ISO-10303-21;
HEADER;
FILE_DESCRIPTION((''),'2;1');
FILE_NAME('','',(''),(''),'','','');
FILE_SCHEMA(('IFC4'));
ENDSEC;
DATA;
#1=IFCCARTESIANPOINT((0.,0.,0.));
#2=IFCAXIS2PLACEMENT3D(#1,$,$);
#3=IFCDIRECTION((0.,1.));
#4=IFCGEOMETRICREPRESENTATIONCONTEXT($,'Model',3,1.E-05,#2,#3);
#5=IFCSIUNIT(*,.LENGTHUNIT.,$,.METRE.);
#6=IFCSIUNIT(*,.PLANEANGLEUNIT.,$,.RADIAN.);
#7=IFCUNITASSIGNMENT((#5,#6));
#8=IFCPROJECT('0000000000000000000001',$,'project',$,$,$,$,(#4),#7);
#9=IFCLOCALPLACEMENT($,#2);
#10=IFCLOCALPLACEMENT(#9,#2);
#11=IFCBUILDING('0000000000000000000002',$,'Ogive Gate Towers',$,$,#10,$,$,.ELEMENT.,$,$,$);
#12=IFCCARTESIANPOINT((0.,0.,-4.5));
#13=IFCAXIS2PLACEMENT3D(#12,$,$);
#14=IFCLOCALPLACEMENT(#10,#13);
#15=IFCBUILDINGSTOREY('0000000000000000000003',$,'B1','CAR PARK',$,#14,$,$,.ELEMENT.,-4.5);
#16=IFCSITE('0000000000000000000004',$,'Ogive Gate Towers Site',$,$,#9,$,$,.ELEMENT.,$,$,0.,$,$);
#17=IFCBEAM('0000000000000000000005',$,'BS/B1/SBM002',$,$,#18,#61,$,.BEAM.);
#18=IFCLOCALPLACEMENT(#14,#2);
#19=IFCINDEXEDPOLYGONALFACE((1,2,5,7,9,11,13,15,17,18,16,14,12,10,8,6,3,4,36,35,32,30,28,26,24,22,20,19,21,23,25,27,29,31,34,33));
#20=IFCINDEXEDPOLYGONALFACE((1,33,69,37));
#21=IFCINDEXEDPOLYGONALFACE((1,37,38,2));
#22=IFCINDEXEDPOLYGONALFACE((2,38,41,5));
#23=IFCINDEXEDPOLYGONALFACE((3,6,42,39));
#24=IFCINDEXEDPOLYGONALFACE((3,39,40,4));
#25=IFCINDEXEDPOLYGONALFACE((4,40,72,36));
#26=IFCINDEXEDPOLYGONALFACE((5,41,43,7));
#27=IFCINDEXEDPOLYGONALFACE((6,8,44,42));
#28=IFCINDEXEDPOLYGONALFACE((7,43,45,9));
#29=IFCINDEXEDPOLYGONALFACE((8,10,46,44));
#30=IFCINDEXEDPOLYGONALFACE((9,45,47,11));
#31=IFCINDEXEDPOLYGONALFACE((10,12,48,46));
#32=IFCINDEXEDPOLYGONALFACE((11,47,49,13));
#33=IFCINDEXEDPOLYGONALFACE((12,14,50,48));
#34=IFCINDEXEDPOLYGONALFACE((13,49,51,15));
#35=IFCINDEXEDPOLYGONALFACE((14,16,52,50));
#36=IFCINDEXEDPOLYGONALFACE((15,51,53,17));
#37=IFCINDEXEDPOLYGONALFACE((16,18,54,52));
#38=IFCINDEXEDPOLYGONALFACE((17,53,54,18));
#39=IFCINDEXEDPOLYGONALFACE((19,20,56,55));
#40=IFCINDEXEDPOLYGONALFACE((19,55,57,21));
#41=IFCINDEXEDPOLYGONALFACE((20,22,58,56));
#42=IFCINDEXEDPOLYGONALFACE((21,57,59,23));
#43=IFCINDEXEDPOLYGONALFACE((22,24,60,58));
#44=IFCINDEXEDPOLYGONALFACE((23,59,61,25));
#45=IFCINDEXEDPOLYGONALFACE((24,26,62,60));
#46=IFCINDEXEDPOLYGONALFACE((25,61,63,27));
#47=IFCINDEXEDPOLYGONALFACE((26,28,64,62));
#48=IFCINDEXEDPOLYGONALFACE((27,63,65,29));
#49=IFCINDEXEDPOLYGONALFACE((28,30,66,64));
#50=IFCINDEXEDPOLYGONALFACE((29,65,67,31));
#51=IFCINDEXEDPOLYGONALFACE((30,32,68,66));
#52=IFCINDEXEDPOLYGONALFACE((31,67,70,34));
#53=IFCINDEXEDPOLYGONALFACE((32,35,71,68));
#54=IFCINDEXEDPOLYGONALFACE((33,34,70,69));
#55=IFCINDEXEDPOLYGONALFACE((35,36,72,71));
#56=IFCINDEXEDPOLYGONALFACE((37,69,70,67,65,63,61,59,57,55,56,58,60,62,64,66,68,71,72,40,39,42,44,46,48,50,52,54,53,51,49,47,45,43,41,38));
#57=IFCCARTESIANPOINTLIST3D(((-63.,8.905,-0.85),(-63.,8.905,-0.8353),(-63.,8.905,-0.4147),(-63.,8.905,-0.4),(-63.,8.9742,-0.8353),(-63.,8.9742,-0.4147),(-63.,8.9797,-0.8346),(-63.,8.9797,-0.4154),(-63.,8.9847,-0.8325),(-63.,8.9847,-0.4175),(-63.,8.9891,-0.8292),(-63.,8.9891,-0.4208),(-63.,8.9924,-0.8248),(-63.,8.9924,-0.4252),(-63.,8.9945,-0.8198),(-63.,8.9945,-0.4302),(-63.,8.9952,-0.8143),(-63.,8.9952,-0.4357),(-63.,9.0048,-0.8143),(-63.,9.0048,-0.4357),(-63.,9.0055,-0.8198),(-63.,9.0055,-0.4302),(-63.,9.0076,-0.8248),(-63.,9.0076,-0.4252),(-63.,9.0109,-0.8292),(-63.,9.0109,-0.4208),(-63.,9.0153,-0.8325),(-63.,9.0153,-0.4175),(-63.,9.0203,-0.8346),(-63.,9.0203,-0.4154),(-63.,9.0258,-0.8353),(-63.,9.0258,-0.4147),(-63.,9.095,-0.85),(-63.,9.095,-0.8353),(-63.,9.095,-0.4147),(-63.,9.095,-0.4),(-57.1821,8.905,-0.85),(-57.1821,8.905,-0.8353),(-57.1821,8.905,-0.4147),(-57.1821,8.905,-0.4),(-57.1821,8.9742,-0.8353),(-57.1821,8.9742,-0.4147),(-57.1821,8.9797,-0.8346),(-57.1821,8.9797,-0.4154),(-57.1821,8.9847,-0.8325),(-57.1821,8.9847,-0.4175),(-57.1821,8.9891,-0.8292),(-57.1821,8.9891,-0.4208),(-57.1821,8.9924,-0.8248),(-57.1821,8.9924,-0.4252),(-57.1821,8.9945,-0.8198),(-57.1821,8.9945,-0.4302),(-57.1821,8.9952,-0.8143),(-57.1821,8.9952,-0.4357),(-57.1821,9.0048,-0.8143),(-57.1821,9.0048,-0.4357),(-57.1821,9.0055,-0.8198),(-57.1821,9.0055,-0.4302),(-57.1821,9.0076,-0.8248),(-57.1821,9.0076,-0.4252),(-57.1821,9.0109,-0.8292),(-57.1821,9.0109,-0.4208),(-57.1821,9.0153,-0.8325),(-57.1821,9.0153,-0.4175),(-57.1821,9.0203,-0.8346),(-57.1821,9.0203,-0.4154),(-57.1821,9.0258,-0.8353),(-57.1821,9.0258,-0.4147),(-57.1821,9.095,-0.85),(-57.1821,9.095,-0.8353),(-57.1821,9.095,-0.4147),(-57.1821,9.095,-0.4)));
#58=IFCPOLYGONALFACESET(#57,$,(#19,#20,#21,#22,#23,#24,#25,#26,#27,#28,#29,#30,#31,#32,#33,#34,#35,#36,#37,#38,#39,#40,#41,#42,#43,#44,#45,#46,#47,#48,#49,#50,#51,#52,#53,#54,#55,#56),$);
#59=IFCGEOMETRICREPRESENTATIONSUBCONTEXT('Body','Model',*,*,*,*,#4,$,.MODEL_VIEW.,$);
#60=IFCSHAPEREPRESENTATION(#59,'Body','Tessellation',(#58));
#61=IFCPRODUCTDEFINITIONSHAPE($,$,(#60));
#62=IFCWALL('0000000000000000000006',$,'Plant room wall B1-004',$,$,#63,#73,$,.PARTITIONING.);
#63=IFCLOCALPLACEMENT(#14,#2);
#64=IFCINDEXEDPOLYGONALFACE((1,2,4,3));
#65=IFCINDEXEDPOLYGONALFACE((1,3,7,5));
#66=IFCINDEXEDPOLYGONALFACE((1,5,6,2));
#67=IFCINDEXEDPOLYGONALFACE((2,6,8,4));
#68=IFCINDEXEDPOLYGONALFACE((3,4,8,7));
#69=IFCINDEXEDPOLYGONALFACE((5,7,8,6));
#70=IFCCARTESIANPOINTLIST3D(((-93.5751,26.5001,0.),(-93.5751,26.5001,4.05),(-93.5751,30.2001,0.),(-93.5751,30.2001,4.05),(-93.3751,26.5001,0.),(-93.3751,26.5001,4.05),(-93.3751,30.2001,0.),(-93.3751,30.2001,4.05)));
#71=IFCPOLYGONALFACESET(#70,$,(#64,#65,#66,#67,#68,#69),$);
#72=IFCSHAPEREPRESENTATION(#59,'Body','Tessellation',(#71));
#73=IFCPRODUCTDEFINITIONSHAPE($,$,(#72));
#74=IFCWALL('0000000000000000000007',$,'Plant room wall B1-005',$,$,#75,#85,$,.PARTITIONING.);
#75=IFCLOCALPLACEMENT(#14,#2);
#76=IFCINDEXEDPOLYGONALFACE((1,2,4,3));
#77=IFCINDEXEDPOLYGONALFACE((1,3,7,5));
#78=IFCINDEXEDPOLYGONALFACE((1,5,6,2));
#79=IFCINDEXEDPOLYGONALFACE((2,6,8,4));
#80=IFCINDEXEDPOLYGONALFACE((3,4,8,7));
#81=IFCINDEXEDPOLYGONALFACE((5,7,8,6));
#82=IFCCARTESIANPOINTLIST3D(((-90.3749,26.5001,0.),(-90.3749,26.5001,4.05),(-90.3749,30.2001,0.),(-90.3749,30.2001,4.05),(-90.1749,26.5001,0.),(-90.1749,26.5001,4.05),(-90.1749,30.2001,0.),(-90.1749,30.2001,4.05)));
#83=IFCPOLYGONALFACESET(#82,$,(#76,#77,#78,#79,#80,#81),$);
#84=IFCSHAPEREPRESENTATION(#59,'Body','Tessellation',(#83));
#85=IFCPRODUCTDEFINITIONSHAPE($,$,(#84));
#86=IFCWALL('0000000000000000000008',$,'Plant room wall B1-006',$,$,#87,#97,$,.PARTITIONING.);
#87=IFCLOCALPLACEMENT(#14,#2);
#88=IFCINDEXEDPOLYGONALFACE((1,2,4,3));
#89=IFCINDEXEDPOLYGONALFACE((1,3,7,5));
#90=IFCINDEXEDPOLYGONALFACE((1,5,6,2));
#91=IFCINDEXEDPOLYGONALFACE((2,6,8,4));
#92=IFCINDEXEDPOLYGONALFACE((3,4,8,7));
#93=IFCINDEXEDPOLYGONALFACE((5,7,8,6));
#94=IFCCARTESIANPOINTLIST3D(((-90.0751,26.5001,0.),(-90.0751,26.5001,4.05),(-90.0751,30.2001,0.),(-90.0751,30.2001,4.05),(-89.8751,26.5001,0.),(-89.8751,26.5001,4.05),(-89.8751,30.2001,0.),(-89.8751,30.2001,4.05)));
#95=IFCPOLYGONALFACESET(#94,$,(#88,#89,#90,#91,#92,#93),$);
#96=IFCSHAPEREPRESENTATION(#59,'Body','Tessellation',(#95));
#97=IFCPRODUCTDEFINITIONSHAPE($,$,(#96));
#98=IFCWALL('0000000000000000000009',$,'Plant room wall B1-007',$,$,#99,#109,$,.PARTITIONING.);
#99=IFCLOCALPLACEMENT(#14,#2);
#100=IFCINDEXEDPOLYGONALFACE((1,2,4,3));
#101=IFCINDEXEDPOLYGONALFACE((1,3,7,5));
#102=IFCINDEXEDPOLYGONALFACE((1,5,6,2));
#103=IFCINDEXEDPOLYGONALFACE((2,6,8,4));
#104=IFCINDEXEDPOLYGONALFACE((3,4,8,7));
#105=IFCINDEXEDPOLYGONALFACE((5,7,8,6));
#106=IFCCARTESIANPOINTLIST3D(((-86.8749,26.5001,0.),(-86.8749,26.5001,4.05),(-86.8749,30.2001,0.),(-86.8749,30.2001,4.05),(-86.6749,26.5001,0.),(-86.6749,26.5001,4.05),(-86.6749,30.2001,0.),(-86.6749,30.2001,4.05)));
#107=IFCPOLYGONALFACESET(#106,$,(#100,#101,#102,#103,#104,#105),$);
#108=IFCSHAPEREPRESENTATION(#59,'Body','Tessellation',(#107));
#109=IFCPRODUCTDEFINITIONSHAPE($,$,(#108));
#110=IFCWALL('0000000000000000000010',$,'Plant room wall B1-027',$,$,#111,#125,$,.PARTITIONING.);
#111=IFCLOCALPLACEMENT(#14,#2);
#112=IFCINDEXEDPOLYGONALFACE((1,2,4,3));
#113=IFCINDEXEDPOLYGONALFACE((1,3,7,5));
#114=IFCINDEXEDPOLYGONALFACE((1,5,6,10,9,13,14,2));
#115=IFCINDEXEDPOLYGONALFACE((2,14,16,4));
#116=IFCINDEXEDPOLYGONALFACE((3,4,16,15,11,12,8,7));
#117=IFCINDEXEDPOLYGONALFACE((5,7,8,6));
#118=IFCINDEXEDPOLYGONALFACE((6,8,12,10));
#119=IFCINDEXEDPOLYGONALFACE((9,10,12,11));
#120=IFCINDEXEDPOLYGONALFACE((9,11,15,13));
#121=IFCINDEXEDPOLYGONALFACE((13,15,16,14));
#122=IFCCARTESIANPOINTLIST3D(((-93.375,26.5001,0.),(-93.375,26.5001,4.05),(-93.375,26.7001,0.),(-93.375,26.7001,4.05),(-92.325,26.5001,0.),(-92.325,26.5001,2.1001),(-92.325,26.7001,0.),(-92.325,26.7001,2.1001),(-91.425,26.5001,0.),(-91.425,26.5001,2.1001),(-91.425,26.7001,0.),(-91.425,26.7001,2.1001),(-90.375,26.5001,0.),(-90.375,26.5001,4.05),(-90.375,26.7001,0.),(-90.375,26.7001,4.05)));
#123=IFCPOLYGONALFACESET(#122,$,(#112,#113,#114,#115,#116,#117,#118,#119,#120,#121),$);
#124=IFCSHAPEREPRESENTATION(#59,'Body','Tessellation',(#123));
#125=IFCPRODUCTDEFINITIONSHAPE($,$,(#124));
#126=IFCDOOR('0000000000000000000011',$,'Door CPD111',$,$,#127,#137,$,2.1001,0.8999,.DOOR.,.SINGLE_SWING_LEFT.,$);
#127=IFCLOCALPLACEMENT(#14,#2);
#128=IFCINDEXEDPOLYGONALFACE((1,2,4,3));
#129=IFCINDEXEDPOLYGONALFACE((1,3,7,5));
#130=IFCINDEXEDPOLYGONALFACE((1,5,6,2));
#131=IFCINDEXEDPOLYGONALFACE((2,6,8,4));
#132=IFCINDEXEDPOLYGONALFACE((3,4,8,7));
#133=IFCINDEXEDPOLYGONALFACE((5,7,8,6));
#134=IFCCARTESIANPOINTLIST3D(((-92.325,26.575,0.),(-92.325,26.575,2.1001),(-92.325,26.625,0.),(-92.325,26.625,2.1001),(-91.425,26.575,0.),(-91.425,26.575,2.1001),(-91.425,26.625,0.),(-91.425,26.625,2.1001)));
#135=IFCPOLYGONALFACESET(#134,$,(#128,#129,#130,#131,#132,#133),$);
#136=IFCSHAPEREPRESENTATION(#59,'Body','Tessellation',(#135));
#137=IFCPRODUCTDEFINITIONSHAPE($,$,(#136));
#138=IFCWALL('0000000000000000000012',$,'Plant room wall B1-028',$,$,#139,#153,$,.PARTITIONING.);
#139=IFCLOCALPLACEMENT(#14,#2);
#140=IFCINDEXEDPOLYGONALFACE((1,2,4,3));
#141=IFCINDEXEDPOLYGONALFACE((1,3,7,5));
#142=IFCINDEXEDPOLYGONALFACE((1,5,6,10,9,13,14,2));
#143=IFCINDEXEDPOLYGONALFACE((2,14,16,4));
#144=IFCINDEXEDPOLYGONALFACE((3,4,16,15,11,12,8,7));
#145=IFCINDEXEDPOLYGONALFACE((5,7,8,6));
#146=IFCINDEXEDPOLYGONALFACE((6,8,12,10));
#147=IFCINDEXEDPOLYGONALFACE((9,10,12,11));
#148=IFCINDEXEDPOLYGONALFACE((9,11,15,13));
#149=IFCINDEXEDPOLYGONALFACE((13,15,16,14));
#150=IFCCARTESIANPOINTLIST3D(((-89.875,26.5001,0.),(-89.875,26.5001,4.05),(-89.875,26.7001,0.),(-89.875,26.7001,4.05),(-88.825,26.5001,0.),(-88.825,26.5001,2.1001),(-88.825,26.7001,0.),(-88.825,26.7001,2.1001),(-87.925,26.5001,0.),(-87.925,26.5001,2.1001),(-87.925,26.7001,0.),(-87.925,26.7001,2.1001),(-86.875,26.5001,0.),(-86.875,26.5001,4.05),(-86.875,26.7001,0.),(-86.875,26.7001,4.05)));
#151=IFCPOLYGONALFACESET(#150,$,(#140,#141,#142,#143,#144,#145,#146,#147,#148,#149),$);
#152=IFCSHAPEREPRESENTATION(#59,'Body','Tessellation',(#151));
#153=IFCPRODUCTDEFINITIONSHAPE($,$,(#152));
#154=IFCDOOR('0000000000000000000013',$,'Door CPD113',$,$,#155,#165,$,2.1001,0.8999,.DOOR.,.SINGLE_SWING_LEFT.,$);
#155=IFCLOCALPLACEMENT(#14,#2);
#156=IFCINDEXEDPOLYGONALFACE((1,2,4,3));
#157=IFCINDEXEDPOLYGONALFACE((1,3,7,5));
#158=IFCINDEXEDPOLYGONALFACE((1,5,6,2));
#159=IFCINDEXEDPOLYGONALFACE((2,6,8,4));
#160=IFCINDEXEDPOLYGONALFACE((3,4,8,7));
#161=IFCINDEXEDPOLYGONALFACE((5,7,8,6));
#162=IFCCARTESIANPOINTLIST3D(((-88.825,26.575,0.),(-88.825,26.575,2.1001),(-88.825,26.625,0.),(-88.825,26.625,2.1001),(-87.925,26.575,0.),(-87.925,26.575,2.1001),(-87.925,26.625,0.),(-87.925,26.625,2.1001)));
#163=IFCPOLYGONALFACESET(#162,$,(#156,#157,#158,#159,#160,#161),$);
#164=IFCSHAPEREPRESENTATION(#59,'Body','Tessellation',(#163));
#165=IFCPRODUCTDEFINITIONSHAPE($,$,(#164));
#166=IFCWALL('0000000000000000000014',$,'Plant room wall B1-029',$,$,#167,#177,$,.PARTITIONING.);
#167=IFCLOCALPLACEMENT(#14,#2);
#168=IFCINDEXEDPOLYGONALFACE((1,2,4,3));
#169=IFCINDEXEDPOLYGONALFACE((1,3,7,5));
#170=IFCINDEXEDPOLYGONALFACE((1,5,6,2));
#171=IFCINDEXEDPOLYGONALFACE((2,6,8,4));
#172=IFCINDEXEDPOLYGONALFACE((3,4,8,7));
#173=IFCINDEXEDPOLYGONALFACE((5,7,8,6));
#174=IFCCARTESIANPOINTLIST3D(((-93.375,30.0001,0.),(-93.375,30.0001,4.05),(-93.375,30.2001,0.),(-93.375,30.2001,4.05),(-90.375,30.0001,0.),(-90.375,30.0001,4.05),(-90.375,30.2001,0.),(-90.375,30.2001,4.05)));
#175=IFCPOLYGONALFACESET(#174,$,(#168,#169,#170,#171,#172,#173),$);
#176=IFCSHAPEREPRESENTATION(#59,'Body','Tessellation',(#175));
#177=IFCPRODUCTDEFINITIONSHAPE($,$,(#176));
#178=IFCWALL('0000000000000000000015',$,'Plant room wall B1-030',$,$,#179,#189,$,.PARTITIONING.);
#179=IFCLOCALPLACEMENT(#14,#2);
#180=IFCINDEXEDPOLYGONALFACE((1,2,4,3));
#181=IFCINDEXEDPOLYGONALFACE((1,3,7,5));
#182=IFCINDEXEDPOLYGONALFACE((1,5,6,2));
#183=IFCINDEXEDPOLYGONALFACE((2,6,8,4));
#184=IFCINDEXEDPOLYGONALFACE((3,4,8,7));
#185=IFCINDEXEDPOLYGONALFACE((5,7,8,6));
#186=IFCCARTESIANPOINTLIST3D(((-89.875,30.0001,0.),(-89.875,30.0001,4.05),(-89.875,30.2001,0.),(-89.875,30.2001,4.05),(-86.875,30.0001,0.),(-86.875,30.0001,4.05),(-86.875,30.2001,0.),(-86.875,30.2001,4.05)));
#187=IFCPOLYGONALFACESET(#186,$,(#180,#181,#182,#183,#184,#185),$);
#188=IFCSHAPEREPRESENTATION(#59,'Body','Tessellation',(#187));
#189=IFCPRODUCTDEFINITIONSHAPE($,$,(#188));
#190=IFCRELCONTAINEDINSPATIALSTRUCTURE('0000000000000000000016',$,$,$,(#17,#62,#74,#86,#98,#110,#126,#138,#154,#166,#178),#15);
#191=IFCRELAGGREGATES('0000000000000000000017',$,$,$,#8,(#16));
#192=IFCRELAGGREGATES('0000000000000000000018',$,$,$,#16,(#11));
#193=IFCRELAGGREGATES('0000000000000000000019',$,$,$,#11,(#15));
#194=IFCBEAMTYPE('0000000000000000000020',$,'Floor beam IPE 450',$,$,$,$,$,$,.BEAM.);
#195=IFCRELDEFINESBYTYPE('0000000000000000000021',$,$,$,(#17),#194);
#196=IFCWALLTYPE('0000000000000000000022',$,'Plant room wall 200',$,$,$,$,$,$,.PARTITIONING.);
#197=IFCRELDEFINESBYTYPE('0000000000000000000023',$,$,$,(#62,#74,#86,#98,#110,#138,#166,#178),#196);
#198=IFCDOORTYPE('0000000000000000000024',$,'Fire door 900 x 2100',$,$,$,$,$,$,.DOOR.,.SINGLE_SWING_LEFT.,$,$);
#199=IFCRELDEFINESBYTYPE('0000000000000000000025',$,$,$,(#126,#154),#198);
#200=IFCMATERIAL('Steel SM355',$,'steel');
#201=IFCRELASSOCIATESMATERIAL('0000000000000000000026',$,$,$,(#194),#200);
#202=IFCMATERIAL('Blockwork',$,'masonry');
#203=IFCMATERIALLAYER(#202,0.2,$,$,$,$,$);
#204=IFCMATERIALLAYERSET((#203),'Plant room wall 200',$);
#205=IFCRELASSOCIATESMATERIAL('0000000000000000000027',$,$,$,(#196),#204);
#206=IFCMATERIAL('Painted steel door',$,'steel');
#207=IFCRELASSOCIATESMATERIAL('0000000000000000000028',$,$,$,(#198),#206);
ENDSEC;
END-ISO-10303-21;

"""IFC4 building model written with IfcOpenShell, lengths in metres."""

from ifc_helpers import new_model, si_unit, direction, frame, frame_2d, origin, origin_2d, place, context, subcontext, project, spatial, rectangle, i_section, extrude, material, layer, layer_set, material_profile, profile_set, type_object, element, fill, save


model = new_model("IFC4")

# Units and contexts
model_context = context("Model", 3, precision=1e-05, world=origin(), true_north=direction((0.0, 1.0)))
body_context = subcontext(model_context, "Body", "Model", "MODEL_VIEW")
ifc_project = project(units=[si_unit("LENGTHUNIT", "METRE"), si_unit("PLANEANGLEUNIT", "RADIAN")], contexts=[model_context])

# Site, building, storey
site_placement = place(None, origin())
site = spatial("IfcSite", under=ifc_project, at=site_placement, Name="Ogive Gate Towers Site", CompositionType="ELEMENT", RefElevation=0.0)
building_placement = place(site_placement, origin())
building = spatial("IfcBuilding", under=site, at=building_placement, Name="Ogive Gate Towers", CompositionType="ELEMENT")
storey_placement = place(building_placement, frame((0.0, 0.0, -4.5)))
storey = spatial("IfcBuildingStorey", under=building, at=storey_placement, Name="B1", Description="CAR PARK", CompositionType="ELEMENT", Elevation=-4.5)

# Beam
ifc_material_1 = material(Name="Steel SM355", Category="steel")
ifc_material_profile_1 = material_profile(ifc_material_1, i_section(OverallWidth=0.1899, OverallDepth=0.45, WebThickness=0.0095, FlangeThickness=0.0146, FilletRadius=0.021, at=origin_2d()), Name="IPE 450")
ifc_profile_set_1 = profile_set([ifc_material_profile_1], Name="Steel SM355")
beam_type = type_object("IfcBeamType", Name="Floor beam IPE 450", PredefinedType="BEAM", material=ifc_profile_set_1)
beam_placement = place(storey_placement, frame((-63.0, 9.0, -0.625), z_axis=(1.0, 0.0, 0.0), x_axis=(0.0, 1.0, 0.0)))
element("IfcBeam", 1, at=beam_placement, inside=storey, type_object=beam_type, Name="BS/B1/SBM002", PredefinedType="BEAM", context=body_context, shape_type="SweptSolid", body=[
    extrude(i_section(OverallWidth=0.1899, OverallDepth=0.45, WebThickness=0.0095, FlangeThickness=0.0146, FilletRadius=0.021, at=origin_2d()), origin(), (0.0, 0.0, 1.0), 5.8179),
])

# Walls
ifc_material_2 = material(Name="Blockwork", Category="masonry")
ifc_layer = layer(ifc_material_2, 0.2)
ifc_layer_set = layer_set([ifc_layer], Name="Plant room wall 200")
wall_type = type_object("IfcWallType", Name="Plant room wall 200", PredefinedType="PARTITIONING", material=ifc_layer_set)
for number, where, z_axis, x_axis, name in (
    (2, (-93.4751, 26.5, 0.0), (0.0, 0.0, 1.0), (0.0, 1.0, 0.0), "Plant room wall B1-004"),
    (3, (-90.2749, 26.5, 0.0), (0.0, 0.0, 1.0), (0.0, 1.0, 0.0), "Plant room wall B1-005"),
    (4, (-89.9751, 26.5, 0.0), (0.0, 0.0, 1.0), (0.0, 1.0, 0.0), "Plant room wall B1-006"),
    (5, (-86.7749, 26.5, 0.0), (0.0, 0.0, 1.0), (0.0, 1.0, 0.0), "Plant room wall B1-007"),
):
    element("IfcWall", number, at=place(storey_placement, frame(where, z_axis=z_axis, x_axis=x_axis)), inside=storey, type_object=wall_type, Name=name, PredefinedType="PARTITIONING", context=body_context, shape_type="SweptSolid", body=[
        extrude(rectangle(XDim=3.7, YDim=0.2, at=frame_2d((1.8501, 0.0))), origin(), (0.0, 0.0, 1.0), 4.05),
    ])

# Walls, openings, doors
wall_1_placement = place(storey_placement, frame((-93.375, 26.6001, 0.0), z_axis=(0.0, 0.0, 1.0), x_axis=(1.0, 0.0, 0.0)))
wall_1 = element("IfcWall", 6, at=wall_1_placement, inside=storey, type_object=wall_type, Name="Plant room wall B1-027", PredefinedType="PARTITIONING", context=body_context, shape_type="SweptSolid", body=[
    extrude(rectangle(XDim=3.0, YDim=0.2, at=frame_2d((1.5, 0.0))), origin(), (0.0, 0.0, 1.0), 4.05),
])
opening_1_placement = place(wall_1_placement, frame((1.05, 0.0, 0.0)))
opening_1 = element("IfcOpeningElement", 7, at=opening_1_placement, cuts=wall_1, PredefinedType="OPENING", context=body_context, shape_type="SweptSolid", body=[
    extrude(rectangle(XDim=0.8999, YDim=2.1001, at=frame_2d((0.45, 1.05))), frame((0.0, 0.1099, 0.0), z_axis=(0.0, -1.0, 0.0), x_axis=(1.0, 0.0, 0.0)), (0.0, 0.0, 1.0), 0.22),
])
ifc_material_3 = material(Name="Painted steel door", Category="steel")
door_type = type_object("IfcDoorType", Name="Fire door 900 x 2100", OperationType="SINGLE_SWING_LEFT", PredefinedType="DOOR", material=ifc_material_3)
door_1_placement = place(opening_1_placement, origin())
door_1 = element("IfcDoor", 8, at=door_1_placement, inside=storey, type_object=door_type, Name="Door CPD111", OperationType="SINGLE_SWING_LEFT", OverallHeight=2.1001, OverallWidth=0.8999, PredefinedType="DOOR", context=body_context, shape_type="SweptSolid", body=[
    extrude(rectangle(XDim=0.8999, YDim=2.1001, at=frame_2d((0.45, 1.05))), frame((0.0, 0.0249, 0.0), z_axis=(0.0, -1.0, 0.0), x_axis=(1.0, 0.0, 0.0)), (0.0, 0.0, 1.0), 0.05),
])
fill(opening_1, door_1)
wall_2_placement = place(storey_placement, frame((-89.875, 26.6001, 0.0), z_axis=(0.0, 0.0, 1.0), x_axis=(1.0, 0.0, 0.0)))
wall_2 = element("IfcWall", 9, at=wall_2_placement, inside=storey, type_object=wall_type, Name="Plant room wall B1-028", PredefinedType="PARTITIONING", context=body_context, shape_type="SweptSolid", body=[
    extrude(rectangle(XDim=3.0, YDim=0.2, at=frame_2d((1.5, 0.0))), origin(), (0.0, 0.0, 1.0), 4.05),
])
opening_2_placement = place(wall_2_placement, frame((1.05, 0.0, 0.0)))
opening_2 = element("IfcOpeningElement", 10, at=opening_2_placement, cuts=wall_2, PredefinedType="OPENING", context=body_context, shape_type="SweptSolid", body=[
    extrude(rectangle(XDim=0.8999, YDim=2.1001, at=frame_2d((0.45, 1.05))), frame((0.0, 0.1099, 0.0), z_axis=(0.0, -1.0, 0.0), x_axis=(1.0, 0.0, 0.0)), (0.0, 0.0, 1.0), 0.22),
])
door_2_placement = place(opening_2_placement, origin())
door_2 = element("IfcDoor", 11, at=door_2_placement, inside=storey, type_object=door_type, Name="Door CPD113", OperationType="SINGLE_SWING_LEFT", OverallHeight=2.1001, OverallWidth=0.8999, PredefinedType="DOOR", context=body_context, shape_type="SweptSolid", body=[
    extrude(rectangle(XDim=0.8999, YDim=2.1001, at=frame_2d((0.45, 1.05))), frame((0.0, 0.0249, 0.0), z_axis=(0.0, -1.0, 0.0), x_axis=(1.0, 0.0, 0.0)), (0.0, 0.0, 1.0), 0.05),
])
fill(opening_2, door_2)

# Walls
for number, where, z_axis, x_axis, name in (
    (12, (-93.375, 30.1001, 0.0), (0.0, 0.0, 1.0), (1.0, 0.0, 0.0), "Plant room wall B1-029"),
    (13, (-89.875, 30.1001, 0.0), (0.0, 0.0, 1.0), (1.0, 0.0, 0.0), "Plant room wall B1-030"),
):
    element("IfcWall", number, at=place(storey_placement, frame(where, z_axis=z_axis, x_axis=x_axis)), inside=storey, type_object=wall_type, Name=name, PredefinedType="PARTITIONING", context=body_context, shape_type="SweptSolid", body=[
        extrude(rectangle(XDim=3.0, YDim=0.2, at=frame_2d((1.5, 0.0))), origin(), (0.0, 0.0, 1.0), 4.05),
    ])

save(model, "model.ifc")
